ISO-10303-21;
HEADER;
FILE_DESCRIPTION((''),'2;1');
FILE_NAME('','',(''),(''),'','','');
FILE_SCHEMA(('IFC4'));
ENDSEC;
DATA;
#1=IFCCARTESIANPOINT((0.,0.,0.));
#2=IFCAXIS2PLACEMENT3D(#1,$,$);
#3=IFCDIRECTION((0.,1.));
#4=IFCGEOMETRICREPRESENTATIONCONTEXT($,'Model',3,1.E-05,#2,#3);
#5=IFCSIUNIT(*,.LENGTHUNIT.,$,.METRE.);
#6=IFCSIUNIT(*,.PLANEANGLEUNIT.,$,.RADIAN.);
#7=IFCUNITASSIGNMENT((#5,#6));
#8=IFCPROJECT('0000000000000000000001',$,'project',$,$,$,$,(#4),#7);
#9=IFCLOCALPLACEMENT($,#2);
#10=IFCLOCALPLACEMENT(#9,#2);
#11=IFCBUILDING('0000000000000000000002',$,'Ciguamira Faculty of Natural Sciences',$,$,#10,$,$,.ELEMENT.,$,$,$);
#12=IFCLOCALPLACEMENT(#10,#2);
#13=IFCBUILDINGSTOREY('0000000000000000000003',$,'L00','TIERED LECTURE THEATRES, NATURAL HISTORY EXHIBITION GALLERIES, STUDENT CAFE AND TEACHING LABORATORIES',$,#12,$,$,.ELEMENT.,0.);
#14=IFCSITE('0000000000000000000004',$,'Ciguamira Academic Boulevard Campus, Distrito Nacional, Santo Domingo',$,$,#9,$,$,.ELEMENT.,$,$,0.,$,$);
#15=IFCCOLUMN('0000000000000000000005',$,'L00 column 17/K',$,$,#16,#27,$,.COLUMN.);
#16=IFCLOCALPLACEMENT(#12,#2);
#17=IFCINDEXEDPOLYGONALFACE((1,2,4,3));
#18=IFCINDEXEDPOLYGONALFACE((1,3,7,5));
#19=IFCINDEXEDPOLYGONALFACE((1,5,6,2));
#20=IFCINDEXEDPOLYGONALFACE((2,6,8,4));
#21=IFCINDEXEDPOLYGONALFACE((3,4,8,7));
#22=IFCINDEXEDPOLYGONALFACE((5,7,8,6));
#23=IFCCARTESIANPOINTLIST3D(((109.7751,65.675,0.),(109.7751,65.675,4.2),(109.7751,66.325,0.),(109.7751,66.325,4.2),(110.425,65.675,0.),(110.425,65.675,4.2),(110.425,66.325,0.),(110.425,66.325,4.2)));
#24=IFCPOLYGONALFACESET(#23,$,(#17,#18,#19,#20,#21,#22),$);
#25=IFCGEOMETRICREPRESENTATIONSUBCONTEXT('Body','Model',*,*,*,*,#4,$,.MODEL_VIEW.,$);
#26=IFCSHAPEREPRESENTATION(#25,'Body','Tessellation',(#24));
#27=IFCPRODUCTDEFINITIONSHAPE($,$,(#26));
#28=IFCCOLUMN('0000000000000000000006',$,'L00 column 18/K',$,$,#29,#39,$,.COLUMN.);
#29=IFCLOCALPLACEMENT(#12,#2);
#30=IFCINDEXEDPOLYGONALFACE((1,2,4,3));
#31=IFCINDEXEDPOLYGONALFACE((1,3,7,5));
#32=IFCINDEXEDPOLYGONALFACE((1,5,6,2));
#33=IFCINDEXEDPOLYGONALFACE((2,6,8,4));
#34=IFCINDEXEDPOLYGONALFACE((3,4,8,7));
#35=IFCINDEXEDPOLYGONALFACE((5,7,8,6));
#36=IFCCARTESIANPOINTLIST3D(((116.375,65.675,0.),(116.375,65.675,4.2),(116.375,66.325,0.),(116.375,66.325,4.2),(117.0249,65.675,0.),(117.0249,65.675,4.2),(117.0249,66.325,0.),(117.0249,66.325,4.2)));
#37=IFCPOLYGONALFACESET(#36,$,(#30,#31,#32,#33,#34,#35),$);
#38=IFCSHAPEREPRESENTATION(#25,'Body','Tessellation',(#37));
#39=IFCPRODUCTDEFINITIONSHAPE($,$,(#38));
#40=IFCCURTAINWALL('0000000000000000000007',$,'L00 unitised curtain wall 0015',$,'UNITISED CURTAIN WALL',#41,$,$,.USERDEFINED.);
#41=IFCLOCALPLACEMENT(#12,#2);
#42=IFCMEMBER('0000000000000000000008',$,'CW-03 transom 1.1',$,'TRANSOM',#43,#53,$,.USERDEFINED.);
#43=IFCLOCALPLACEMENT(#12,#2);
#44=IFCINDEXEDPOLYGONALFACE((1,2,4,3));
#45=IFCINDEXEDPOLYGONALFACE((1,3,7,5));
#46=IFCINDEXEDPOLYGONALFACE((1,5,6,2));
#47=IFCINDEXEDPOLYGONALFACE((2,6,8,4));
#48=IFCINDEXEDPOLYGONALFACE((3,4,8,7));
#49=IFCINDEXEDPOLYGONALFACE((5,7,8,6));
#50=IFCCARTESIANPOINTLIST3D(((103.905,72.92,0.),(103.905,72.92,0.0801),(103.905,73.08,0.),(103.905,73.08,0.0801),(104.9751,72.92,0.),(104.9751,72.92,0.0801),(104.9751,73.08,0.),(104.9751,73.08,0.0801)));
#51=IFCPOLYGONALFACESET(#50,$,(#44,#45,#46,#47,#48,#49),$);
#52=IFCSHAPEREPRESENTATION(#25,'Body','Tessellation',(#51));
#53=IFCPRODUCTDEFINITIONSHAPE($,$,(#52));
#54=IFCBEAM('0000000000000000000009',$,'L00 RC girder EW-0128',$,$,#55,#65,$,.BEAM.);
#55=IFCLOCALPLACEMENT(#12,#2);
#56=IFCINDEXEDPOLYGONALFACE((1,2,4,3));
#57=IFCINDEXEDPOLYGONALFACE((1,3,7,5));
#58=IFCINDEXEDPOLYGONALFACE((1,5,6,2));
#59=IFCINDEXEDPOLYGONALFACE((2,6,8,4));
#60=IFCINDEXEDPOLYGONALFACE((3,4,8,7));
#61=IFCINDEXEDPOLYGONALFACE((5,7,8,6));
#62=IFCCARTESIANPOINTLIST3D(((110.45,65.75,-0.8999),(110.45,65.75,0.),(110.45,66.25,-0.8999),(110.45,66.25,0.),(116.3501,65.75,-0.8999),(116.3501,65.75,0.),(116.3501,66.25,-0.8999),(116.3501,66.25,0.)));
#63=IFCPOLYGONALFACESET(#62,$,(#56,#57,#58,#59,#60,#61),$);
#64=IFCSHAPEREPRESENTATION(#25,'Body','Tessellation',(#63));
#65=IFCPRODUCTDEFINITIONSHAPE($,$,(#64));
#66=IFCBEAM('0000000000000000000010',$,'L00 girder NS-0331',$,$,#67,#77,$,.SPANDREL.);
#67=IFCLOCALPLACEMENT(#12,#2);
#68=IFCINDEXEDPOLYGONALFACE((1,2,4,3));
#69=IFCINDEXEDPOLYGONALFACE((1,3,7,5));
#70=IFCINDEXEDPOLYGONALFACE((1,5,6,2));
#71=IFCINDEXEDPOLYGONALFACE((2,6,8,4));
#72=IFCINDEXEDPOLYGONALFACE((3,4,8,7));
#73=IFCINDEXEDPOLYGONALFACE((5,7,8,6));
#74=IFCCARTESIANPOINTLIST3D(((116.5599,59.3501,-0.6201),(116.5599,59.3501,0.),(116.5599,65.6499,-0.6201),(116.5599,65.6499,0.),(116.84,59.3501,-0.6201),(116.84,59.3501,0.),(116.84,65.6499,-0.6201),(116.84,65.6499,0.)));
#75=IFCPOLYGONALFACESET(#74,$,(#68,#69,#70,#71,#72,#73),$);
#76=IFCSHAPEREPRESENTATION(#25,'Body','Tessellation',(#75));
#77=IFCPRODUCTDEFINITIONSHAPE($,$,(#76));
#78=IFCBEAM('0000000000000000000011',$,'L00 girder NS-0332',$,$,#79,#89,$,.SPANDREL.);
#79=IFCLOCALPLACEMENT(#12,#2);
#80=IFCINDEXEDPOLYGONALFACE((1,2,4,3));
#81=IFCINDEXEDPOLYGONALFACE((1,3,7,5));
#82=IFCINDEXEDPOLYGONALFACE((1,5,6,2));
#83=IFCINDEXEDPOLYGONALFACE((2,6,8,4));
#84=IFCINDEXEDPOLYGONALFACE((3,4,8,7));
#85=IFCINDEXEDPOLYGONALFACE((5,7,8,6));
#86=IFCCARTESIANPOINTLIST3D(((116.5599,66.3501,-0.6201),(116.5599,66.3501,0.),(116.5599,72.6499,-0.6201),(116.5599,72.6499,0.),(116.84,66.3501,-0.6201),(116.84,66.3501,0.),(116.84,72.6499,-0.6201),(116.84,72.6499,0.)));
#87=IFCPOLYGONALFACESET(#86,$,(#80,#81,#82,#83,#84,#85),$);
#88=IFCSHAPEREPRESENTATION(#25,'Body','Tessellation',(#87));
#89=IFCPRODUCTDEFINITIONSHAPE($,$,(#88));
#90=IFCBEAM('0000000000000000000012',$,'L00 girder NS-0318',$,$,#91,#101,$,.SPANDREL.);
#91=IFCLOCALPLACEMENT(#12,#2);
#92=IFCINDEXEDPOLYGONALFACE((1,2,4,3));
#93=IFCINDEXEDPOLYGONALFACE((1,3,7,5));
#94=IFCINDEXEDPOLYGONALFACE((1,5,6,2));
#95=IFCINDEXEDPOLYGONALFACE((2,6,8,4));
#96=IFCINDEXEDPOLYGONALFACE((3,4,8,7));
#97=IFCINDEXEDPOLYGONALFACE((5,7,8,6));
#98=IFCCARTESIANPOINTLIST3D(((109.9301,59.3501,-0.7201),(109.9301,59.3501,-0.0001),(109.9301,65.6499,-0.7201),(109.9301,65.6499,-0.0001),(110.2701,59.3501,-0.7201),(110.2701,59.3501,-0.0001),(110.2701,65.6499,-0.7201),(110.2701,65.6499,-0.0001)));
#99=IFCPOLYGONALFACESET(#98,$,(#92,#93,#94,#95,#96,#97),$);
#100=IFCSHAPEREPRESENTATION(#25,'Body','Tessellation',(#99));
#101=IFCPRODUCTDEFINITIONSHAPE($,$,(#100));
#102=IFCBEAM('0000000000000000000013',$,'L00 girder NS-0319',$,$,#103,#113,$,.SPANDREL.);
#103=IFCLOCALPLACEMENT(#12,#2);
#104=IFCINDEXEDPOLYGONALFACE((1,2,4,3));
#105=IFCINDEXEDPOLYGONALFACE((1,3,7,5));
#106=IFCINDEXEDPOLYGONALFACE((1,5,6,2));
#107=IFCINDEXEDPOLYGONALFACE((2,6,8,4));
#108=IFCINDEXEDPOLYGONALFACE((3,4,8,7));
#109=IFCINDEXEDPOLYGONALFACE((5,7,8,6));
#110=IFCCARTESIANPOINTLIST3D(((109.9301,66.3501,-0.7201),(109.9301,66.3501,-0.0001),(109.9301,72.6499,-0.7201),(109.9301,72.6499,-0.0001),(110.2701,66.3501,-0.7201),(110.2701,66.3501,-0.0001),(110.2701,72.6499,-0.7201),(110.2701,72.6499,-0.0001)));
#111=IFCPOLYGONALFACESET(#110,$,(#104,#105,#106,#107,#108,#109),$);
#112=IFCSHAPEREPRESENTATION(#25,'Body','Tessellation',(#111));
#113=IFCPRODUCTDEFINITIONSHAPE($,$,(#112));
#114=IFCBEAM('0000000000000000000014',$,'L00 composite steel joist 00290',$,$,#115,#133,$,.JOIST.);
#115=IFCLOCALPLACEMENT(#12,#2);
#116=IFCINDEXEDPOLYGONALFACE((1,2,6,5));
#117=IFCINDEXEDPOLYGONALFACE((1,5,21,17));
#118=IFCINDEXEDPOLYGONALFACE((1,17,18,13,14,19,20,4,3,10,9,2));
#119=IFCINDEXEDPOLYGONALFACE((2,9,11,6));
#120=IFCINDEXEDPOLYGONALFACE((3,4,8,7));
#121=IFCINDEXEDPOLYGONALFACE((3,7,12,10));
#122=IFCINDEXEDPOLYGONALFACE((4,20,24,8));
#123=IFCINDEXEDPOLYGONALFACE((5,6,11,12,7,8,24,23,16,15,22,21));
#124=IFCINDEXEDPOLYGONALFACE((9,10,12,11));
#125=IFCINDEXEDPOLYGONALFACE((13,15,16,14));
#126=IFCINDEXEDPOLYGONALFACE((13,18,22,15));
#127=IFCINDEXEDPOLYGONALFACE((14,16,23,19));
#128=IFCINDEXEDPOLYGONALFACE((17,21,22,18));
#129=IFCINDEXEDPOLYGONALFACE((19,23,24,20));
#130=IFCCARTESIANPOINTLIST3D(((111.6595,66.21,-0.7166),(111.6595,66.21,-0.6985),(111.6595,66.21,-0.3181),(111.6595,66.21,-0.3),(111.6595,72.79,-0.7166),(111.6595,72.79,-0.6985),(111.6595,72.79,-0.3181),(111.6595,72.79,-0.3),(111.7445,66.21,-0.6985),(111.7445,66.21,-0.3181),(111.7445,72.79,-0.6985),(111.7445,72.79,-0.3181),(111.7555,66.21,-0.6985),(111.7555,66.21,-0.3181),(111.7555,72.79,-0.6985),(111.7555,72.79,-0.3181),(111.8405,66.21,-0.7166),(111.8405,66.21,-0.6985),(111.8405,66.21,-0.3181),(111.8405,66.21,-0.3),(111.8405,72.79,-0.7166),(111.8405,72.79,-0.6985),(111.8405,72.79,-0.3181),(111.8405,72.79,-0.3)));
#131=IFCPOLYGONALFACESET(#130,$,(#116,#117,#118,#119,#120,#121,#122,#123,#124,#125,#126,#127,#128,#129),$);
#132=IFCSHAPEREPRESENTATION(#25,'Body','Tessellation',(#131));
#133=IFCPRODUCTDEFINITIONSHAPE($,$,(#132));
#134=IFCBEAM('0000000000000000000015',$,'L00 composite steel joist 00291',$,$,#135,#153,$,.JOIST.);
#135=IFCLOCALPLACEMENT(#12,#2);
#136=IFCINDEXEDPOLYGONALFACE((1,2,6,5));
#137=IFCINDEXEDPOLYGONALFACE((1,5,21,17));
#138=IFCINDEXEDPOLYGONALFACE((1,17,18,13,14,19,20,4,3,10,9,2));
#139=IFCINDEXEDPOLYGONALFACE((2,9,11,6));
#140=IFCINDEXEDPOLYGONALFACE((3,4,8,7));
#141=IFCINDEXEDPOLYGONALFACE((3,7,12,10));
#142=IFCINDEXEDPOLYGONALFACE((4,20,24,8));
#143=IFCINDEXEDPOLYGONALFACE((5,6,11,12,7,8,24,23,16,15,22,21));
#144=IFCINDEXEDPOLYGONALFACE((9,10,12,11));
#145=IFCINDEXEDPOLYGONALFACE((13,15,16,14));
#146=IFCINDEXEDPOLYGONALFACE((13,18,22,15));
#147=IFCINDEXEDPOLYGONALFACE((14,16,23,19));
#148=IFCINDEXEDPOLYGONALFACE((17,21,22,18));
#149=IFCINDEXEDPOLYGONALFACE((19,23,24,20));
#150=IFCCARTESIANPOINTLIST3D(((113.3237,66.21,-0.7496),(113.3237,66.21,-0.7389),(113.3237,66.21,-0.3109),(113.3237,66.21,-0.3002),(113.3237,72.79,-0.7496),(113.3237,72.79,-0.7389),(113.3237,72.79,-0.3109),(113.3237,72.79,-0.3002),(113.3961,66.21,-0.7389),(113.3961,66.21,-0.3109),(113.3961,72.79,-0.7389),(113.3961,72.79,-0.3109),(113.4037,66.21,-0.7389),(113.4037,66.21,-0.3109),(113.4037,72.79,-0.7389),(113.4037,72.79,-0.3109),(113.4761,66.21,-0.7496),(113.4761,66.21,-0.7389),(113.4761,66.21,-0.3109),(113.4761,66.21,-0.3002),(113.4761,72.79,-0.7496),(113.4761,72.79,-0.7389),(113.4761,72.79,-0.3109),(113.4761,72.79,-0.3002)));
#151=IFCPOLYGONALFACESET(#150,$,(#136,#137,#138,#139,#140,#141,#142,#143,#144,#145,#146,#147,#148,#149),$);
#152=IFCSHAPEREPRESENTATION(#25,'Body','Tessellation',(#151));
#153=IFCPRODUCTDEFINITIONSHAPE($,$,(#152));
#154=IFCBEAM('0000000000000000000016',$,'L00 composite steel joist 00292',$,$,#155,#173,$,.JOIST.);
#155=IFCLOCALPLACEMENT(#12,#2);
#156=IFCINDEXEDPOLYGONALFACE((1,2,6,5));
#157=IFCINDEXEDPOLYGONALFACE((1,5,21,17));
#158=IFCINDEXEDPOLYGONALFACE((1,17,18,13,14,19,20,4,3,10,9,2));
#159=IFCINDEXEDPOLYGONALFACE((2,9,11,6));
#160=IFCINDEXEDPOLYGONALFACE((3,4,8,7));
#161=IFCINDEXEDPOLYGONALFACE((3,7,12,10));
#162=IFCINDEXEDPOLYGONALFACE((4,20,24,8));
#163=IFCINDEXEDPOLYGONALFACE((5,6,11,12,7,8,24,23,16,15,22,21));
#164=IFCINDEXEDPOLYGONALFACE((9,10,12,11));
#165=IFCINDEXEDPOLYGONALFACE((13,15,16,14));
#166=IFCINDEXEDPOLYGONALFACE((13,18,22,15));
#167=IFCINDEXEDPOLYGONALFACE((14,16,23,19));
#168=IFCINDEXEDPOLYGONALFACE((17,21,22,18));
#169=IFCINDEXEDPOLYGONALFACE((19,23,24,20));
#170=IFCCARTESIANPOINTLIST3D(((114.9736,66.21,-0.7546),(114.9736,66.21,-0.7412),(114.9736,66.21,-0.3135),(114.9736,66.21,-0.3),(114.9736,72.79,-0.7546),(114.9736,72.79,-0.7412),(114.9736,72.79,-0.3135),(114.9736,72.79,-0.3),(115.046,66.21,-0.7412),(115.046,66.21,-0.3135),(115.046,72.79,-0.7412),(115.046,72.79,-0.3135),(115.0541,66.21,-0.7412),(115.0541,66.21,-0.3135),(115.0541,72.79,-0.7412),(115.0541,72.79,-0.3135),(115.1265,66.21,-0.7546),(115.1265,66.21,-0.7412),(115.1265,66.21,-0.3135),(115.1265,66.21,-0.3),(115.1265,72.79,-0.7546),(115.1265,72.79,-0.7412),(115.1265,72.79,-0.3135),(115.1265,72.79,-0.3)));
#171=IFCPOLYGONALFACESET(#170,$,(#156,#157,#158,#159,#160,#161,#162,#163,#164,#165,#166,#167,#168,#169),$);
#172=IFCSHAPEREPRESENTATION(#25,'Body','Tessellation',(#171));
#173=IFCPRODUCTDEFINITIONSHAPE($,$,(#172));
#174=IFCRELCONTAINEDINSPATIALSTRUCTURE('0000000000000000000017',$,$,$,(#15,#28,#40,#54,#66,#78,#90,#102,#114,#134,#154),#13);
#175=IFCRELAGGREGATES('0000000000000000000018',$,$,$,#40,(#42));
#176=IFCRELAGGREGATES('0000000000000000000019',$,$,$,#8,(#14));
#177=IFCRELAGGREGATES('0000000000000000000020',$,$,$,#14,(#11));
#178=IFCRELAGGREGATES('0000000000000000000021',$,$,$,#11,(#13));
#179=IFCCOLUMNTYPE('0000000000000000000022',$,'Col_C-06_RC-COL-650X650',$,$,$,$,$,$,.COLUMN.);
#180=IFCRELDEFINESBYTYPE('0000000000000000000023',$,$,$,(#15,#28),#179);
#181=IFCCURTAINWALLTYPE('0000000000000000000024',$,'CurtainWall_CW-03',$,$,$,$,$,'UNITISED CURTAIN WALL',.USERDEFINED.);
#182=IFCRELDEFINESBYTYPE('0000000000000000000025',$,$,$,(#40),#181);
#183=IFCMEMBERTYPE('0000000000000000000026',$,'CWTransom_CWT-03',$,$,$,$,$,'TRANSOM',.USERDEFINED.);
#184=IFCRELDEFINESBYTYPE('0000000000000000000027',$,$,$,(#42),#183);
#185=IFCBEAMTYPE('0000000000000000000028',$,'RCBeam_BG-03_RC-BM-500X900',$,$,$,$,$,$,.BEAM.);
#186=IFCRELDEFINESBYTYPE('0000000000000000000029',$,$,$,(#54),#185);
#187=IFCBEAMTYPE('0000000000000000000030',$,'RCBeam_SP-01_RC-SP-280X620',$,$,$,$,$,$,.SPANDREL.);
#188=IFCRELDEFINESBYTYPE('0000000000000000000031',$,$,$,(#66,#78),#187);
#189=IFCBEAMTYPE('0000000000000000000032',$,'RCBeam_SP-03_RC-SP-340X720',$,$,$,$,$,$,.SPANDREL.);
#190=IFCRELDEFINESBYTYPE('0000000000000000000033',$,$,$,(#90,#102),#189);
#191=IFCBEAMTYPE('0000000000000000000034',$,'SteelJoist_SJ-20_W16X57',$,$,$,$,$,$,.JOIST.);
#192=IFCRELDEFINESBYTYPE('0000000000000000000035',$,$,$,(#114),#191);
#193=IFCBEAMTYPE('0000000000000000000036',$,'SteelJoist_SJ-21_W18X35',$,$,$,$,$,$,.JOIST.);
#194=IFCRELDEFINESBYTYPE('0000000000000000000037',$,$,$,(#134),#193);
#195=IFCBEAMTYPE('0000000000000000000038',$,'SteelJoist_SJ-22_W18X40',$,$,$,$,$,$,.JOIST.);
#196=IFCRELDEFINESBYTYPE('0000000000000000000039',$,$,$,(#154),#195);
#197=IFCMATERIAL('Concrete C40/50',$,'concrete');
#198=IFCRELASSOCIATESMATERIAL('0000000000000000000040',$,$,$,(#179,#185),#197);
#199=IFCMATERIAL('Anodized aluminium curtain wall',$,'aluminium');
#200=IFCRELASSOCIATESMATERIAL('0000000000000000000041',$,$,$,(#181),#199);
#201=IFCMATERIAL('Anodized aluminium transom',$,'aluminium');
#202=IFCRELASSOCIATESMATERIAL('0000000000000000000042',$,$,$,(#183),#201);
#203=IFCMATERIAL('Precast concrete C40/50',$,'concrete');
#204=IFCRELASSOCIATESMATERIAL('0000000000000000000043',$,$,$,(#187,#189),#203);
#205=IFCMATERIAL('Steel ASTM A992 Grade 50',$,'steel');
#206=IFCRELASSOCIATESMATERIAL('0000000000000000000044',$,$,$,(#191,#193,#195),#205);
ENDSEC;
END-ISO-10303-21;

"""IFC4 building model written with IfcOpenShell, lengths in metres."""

from ifc_helpers import new_model, si_unit, direction, frame, origin, origin_2d, place, context, subcontext, project, spatial, rectangle, i_section, extrude, material, material_profile, profile_set, type_object, element, aggregate, save


model = new_model("IFC4")

# Units and contexts
model_context = context("Model", 3, precision=1e-05, world=origin(), true_north=direction((0.0, 1.0)))
body_context = subcontext(model_context, "Body", "Model", "MODEL_VIEW")
ifc_project = project(units=[si_unit("LENGTHUNIT", "METRE"), si_unit("PLANEANGLEUNIT", "RADIAN")], contexts=[model_context])

# Site, building, storey
site_placement = place(None, origin())
site = spatial("IfcSite", under=ifc_project, at=site_placement, Name="Ciguamira Academic Boulevard Campus, Distrito Nacional, Santo Domingo", CompositionType="ELEMENT", RefElevation=0.0)
building_placement = place(site_placement, origin())
building = spatial("IfcBuilding", under=site, at=building_placement, Name="Ciguamira Faculty of Natural Sciences", CompositionType="ELEMENT")
storey_placement = place(building_placement, origin())
storey = spatial("IfcBuildingStorey", under=building, at=storey_placement, Name="L00", Description="TIERED LECTURE THEATRES, NATURAL HISTORY EXHIBITION GALLERIES, STUDENT CAFE AND TEACHING LABORATORIES", CompositionType="ELEMENT", Elevation=0.0)

# Columns
ifc_material_1 = material(Name="Concrete C40/50", Category="concrete")
ifc_material_profile_1 = material_profile(ifc_material_1, rectangle(XDim=0.6499, YDim=0.6499, at=origin_2d()), Name="RC-COL-650X650")
ifc_profile_set_1 = profile_set([ifc_material_profile_1], Name="Concrete C40/50")
column_type = type_object("IfcColumnType", Name="Col_C-06_RC-COL-650X650", PredefinedType="COLUMN", material=ifc_profile_set_1)
for number, where, z_axis, x_axis, name in (
    (1, (110.1001, 66.0, 0.0), (0.0, 0.0, 1.0), (1.0, 0.0, 0.0), "L00 column 17/K"),
    (2, (116.7, 66.0, 0.0), (0.0, 0.0, 1.0), (1.0, 0.0, 0.0), "L00 column 18/K"),
):
    element("IfcColumn", number, at=place(storey_placement, frame(where, z_axis=z_axis, x_axis=x_axis)), inside=storey, type_object=column_type, Name=name, PredefinedType="COLUMN", context=body_context, shape_type="SweptSolid", body=[
        extrude(rectangle(XDim=0.6499, YDim=0.6499, at=origin_2d()), origin(), (0.0, 0.0, 1.0), 4.2),
    ])

# Curtain wall, member
ifc_material_2 = material(Name="Anodized aluminium curtain wall", Category="aluminium")
curtain_wall_type = type_object("IfcCurtainWallType", Name="CurtainWall_CW-03", ElementType="UNITISED CURTAIN WALL", PredefinedType="USERDEFINED", material=ifc_material_2)
curtain_wall_placement = place(storey_placement, origin())
curtain_wall = element("IfcCurtainWall", 3, at=curtain_wall_placement, inside=storey, type_object=curtain_wall_type, Name="L00 unitised curtain wall 0015", ObjectType="UNITISED CURTAIN WALL", PredefinedType="USERDEFINED")
ifc_material_3 = material(Name="Anodized aluminium transom", Category="aluminium")
ifc_material_profile_2 = material_profile(ifc_material_3, rectangle(XDim=0.0801, YDim=0.1599, at=origin_2d()), Name="ALU-TRN-80X160")
ifc_profile_set_2 = profile_set([ifc_material_profile_2], Name="Anodized aluminium transom")
member_type = type_object("IfcMemberType", Name="CWTransom_CWT-03", ElementType="TRANSOM", PredefinedType="USERDEFINED", material=ifc_profile_set_2)
member_placement = place(storey_placement, frame((103.905, 73.0, 0.04), z_axis=(1.0, 0.0, 0.0), x_axis=(0.0, 0.0, 1.0)))
member = element("IfcMember", 4, at=member_placement, type_object=member_type, Name="CW-03 transom 1.1", ObjectType="TRANSOM", PredefinedType="USERDEFINED", context=body_context, shape_type="SweptSolid", body=[
    extrude(rectangle(XDim=0.0801, YDim=0.1599, at=origin_2d()), origin(), (0.0, 0.0, 1.0), 1.0701),
])
aggregate(curtain_wall, [member])

# Beams
ifc_material_profile_3 = material_profile(ifc_material_1, rectangle(XDim=0.5, YDim=0.8999, at=origin_2d()), Name="RC-BM-500X900")
ifc_profile_set_3 = profile_set([ifc_material_profile_3], Name="Concrete C40/50")
beam_type_1 = type_object("IfcBeamType", Name="RCBeam_BG-03_RC-BM-500X900", PredefinedType="BEAM", material=ifc_profile_set_3)
beam_1_placement = place(storey_placement, frame((110.45, 66.0, -0.45), z_axis=(1.0, 0.0, 0.0), x_axis=(0.0, 1.0, 0.0)))
element("IfcBeam", 5, at=beam_1_placement, inside=storey, type_object=beam_type_1, Name="L00 RC girder EW-0128", PredefinedType="BEAM", context=body_context, shape_type="SweptSolid", body=[
    extrude(rectangle(XDim=0.5, YDim=0.8999, at=origin_2d()), origin(), (0.0, 0.0, 1.0), 5.9001),
])
ifc_material_4 = material(Name="Precast concrete C40/50", Category="concrete")
ifc_material_profile_4 = material_profile(ifc_material_4, rectangle(XDim=0.28, YDim=0.6201, at=origin_2d()), Name="RC-SP-280X620")
ifc_profile_set_4 = profile_set([ifc_material_profile_4], Name="Precast concrete C40/50")
beam_type_2 = type_object("IfcBeamType", Name="RCBeam_SP-01_RC-SP-280X620", PredefinedType="SPANDREL", material=ifc_profile_set_4)
for number, where, z_axis, x_axis, name in (
    (6, (116.7, 59.3501, -0.3101), (0.0, 1.0, 0.0), (-1.0, 0.0, 0.0), "L00 girder NS-0331"),
    (7, (116.7, 66.3501, -0.3101), (0.0, 1.0, 0.0), (-1.0, 0.0, 0.0), "L00 girder NS-0332"),
):
    element("IfcBeam", number, at=place(storey_placement, frame(where, z_axis=z_axis, x_axis=x_axis)), inside=storey, type_object=beam_type_2, Name=name, PredefinedType="SPANDREL", context=body_context, shape_type="SweptSolid", body=[
        extrude(rectangle(XDim=0.28, YDim=0.6201, at=origin_2d()), origin(), (0.0, 0.0, 1.0), 6.2998),
    ])
ifc_material_profile_5 = material_profile(ifc_material_4, rectangle(XDim=0.3401, YDim=0.72, at=origin_2d()), Name="RC-SP-340X720")
ifc_profile_set_5 = profile_set([ifc_material_profile_5], Name="Precast concrete C40/50")
beam_type_3 = type_object("IfcBeamType", Name="RCBeam_SP-03_RC-SP-340X720", PredefinedType="SPANDREL", material=ifc_profile_set_5)
for number, where, z_axis, x_axis, name in (
    (8, (110.1001, 59.3501, -0.3601), (0.0, 1.0, 0.0), (-1.0, 0.0, 0.0), "L00 girder NS-0318"),
    (9, (110.1001, 66.3501, -0.3601), (0.0, 1.0, 0.0), (-1.0, 0.0, 0.0), "L00 girder NS-0319"),
):
    element("IfcBeam", number, at=place(storey_placement, frame(where, z_axis=z_axis, x_axis=x_axis)), inside=storey, type_object=beam_type_3, Name=name, PredefinedType="SPANDREL", context=body_context, shape_type="SweptSolid", body=[
        extrude(rectangle(XDim=0.3401, YDim=0.72, at=origin_2d()), origin(), (0.0, 0.0, 1.0), 6.2998),
    ])
ifc_material_5 = material(Name="Steel ASTM A992 Grade 50", Category="steel")
ifc_material_profile_6 = material_profile(ifc_material_5, i_section(OverallWidth=0.1809, OverallDepth=0.4165, WebThickness=0.011, FlangeThickness=0.0181, at=origin_2d()), Name="W16X57")
ifc_profile_set_6 = profile_set([ifc_material_profile_6], Name="Steel ASTM A992 Grade 50")
beam_type_4 = type_object("IfcBeamType", Name="SteelJoist_SJ-20_W16X57", PredefinedType="JOIST", material=ifc_profile_set_6)
beam_2_placement = place(storey_placement, frame((111.75, 66.21, -0.5083), z_axis=(0.0, 1.0, 0.0), x_axis=(-1.0, 0.0, 0.0)))
element("IfcBeam", 10, at=beam_2_placement, inside=storey, type_object=beam_type_4, Name="L00 composite steel joist 00290", PredefinedType="JOIST", context=body_context, shape_type="SweptSolid", body=[
    extrude(i_section(OverallWidth=0.1809, OverallDepth=0.4165, WebThickness=0.011, FlangeThickness=0.0181, at=origin_2d()), origin(), (0.0, 0.0, 1.0), 6.5801),
])
ifc_material_profile_7 = material_profile(ifc_material_5, i_section(OverallWidth=0.1523, OverallDepth=0.4495, WebThickness=0.0076, FlangeThickness=0.0107, at=origin_2d()), Name="W18X35")
ifc_profile_set_7 = profile_set([ifc_material_profile_7], Name="Steel ASTM A992 Grade 50")
beam_type_5 = type_object("IfcBeamType", Name="SteelJoist_SJ-21_W18X35", PredefinedType="JOIST", material=ifc_profile_set_7)
beam_3_placement = place(storey_placement, frame((113.3999, 66.21, -0.5249), z_axis=(0.0, 1.0, 0.0), x_axis=(-1.0, 0.0, 0.0)))
element("IfcBeam", 11, at=beam_3_placement, inside=storey, type_object=beam_type_5, Name="L00 composite steel joist 00291", PredefinedType="JOIST", context=body_context, shape_type="SweptSolid", body=[
    extrude(i_section(OverallWidth=0.1523, OverallDepth=0.4495, WebThickness=0.0076, FlangeThickness=0.0107, at=origin_2d()), origin(), (0.0, 0.0, 1.0), 6.5801),
])
ifc_material_profile_8 = material_profile(ifc_material_5, i_section(OverallWidth=0.1528, OverallDepth=0.4546, WebThickness=0.0081, FlangeThickness=0.0134, at=origin_2d()), Name="W18X40")
ifc_profile_set_8 = profile_set([ifc_material_profile_8], Name="Steel ASTM A992 Grade 50")
beam_type_6 = type_object("IfcBeamType", Name="SteelJoist_SJ-22_W18X40", PredefinedType="JOIST", material=ifc_profile_set_8)
beam_4_placement = place(storey_placement, frame((115.05, 66.21, -0.5273), z_axis=(0.0, 1.0, 0.0), x_axis=(-1.0, 0.0, 0.0)))
element("IfcBeam", 12, at=beam_4_placement, inside=storey, type_object=beam_type_6, Name="L00 composite steel joist 00292", PredefinedType="JOIST", context=body_context, shape_type="SweptSolid", body=[
    extrude(i_section(OverallWidth=0.1528, OverallDepth=0.4546, WebThickness=0.0081, FlangeThickness=0.0134, at=origin_2d()), origin(), (0.0, 0.0, 1.0), 6.5801),
])

save(model, "model.ifc")
